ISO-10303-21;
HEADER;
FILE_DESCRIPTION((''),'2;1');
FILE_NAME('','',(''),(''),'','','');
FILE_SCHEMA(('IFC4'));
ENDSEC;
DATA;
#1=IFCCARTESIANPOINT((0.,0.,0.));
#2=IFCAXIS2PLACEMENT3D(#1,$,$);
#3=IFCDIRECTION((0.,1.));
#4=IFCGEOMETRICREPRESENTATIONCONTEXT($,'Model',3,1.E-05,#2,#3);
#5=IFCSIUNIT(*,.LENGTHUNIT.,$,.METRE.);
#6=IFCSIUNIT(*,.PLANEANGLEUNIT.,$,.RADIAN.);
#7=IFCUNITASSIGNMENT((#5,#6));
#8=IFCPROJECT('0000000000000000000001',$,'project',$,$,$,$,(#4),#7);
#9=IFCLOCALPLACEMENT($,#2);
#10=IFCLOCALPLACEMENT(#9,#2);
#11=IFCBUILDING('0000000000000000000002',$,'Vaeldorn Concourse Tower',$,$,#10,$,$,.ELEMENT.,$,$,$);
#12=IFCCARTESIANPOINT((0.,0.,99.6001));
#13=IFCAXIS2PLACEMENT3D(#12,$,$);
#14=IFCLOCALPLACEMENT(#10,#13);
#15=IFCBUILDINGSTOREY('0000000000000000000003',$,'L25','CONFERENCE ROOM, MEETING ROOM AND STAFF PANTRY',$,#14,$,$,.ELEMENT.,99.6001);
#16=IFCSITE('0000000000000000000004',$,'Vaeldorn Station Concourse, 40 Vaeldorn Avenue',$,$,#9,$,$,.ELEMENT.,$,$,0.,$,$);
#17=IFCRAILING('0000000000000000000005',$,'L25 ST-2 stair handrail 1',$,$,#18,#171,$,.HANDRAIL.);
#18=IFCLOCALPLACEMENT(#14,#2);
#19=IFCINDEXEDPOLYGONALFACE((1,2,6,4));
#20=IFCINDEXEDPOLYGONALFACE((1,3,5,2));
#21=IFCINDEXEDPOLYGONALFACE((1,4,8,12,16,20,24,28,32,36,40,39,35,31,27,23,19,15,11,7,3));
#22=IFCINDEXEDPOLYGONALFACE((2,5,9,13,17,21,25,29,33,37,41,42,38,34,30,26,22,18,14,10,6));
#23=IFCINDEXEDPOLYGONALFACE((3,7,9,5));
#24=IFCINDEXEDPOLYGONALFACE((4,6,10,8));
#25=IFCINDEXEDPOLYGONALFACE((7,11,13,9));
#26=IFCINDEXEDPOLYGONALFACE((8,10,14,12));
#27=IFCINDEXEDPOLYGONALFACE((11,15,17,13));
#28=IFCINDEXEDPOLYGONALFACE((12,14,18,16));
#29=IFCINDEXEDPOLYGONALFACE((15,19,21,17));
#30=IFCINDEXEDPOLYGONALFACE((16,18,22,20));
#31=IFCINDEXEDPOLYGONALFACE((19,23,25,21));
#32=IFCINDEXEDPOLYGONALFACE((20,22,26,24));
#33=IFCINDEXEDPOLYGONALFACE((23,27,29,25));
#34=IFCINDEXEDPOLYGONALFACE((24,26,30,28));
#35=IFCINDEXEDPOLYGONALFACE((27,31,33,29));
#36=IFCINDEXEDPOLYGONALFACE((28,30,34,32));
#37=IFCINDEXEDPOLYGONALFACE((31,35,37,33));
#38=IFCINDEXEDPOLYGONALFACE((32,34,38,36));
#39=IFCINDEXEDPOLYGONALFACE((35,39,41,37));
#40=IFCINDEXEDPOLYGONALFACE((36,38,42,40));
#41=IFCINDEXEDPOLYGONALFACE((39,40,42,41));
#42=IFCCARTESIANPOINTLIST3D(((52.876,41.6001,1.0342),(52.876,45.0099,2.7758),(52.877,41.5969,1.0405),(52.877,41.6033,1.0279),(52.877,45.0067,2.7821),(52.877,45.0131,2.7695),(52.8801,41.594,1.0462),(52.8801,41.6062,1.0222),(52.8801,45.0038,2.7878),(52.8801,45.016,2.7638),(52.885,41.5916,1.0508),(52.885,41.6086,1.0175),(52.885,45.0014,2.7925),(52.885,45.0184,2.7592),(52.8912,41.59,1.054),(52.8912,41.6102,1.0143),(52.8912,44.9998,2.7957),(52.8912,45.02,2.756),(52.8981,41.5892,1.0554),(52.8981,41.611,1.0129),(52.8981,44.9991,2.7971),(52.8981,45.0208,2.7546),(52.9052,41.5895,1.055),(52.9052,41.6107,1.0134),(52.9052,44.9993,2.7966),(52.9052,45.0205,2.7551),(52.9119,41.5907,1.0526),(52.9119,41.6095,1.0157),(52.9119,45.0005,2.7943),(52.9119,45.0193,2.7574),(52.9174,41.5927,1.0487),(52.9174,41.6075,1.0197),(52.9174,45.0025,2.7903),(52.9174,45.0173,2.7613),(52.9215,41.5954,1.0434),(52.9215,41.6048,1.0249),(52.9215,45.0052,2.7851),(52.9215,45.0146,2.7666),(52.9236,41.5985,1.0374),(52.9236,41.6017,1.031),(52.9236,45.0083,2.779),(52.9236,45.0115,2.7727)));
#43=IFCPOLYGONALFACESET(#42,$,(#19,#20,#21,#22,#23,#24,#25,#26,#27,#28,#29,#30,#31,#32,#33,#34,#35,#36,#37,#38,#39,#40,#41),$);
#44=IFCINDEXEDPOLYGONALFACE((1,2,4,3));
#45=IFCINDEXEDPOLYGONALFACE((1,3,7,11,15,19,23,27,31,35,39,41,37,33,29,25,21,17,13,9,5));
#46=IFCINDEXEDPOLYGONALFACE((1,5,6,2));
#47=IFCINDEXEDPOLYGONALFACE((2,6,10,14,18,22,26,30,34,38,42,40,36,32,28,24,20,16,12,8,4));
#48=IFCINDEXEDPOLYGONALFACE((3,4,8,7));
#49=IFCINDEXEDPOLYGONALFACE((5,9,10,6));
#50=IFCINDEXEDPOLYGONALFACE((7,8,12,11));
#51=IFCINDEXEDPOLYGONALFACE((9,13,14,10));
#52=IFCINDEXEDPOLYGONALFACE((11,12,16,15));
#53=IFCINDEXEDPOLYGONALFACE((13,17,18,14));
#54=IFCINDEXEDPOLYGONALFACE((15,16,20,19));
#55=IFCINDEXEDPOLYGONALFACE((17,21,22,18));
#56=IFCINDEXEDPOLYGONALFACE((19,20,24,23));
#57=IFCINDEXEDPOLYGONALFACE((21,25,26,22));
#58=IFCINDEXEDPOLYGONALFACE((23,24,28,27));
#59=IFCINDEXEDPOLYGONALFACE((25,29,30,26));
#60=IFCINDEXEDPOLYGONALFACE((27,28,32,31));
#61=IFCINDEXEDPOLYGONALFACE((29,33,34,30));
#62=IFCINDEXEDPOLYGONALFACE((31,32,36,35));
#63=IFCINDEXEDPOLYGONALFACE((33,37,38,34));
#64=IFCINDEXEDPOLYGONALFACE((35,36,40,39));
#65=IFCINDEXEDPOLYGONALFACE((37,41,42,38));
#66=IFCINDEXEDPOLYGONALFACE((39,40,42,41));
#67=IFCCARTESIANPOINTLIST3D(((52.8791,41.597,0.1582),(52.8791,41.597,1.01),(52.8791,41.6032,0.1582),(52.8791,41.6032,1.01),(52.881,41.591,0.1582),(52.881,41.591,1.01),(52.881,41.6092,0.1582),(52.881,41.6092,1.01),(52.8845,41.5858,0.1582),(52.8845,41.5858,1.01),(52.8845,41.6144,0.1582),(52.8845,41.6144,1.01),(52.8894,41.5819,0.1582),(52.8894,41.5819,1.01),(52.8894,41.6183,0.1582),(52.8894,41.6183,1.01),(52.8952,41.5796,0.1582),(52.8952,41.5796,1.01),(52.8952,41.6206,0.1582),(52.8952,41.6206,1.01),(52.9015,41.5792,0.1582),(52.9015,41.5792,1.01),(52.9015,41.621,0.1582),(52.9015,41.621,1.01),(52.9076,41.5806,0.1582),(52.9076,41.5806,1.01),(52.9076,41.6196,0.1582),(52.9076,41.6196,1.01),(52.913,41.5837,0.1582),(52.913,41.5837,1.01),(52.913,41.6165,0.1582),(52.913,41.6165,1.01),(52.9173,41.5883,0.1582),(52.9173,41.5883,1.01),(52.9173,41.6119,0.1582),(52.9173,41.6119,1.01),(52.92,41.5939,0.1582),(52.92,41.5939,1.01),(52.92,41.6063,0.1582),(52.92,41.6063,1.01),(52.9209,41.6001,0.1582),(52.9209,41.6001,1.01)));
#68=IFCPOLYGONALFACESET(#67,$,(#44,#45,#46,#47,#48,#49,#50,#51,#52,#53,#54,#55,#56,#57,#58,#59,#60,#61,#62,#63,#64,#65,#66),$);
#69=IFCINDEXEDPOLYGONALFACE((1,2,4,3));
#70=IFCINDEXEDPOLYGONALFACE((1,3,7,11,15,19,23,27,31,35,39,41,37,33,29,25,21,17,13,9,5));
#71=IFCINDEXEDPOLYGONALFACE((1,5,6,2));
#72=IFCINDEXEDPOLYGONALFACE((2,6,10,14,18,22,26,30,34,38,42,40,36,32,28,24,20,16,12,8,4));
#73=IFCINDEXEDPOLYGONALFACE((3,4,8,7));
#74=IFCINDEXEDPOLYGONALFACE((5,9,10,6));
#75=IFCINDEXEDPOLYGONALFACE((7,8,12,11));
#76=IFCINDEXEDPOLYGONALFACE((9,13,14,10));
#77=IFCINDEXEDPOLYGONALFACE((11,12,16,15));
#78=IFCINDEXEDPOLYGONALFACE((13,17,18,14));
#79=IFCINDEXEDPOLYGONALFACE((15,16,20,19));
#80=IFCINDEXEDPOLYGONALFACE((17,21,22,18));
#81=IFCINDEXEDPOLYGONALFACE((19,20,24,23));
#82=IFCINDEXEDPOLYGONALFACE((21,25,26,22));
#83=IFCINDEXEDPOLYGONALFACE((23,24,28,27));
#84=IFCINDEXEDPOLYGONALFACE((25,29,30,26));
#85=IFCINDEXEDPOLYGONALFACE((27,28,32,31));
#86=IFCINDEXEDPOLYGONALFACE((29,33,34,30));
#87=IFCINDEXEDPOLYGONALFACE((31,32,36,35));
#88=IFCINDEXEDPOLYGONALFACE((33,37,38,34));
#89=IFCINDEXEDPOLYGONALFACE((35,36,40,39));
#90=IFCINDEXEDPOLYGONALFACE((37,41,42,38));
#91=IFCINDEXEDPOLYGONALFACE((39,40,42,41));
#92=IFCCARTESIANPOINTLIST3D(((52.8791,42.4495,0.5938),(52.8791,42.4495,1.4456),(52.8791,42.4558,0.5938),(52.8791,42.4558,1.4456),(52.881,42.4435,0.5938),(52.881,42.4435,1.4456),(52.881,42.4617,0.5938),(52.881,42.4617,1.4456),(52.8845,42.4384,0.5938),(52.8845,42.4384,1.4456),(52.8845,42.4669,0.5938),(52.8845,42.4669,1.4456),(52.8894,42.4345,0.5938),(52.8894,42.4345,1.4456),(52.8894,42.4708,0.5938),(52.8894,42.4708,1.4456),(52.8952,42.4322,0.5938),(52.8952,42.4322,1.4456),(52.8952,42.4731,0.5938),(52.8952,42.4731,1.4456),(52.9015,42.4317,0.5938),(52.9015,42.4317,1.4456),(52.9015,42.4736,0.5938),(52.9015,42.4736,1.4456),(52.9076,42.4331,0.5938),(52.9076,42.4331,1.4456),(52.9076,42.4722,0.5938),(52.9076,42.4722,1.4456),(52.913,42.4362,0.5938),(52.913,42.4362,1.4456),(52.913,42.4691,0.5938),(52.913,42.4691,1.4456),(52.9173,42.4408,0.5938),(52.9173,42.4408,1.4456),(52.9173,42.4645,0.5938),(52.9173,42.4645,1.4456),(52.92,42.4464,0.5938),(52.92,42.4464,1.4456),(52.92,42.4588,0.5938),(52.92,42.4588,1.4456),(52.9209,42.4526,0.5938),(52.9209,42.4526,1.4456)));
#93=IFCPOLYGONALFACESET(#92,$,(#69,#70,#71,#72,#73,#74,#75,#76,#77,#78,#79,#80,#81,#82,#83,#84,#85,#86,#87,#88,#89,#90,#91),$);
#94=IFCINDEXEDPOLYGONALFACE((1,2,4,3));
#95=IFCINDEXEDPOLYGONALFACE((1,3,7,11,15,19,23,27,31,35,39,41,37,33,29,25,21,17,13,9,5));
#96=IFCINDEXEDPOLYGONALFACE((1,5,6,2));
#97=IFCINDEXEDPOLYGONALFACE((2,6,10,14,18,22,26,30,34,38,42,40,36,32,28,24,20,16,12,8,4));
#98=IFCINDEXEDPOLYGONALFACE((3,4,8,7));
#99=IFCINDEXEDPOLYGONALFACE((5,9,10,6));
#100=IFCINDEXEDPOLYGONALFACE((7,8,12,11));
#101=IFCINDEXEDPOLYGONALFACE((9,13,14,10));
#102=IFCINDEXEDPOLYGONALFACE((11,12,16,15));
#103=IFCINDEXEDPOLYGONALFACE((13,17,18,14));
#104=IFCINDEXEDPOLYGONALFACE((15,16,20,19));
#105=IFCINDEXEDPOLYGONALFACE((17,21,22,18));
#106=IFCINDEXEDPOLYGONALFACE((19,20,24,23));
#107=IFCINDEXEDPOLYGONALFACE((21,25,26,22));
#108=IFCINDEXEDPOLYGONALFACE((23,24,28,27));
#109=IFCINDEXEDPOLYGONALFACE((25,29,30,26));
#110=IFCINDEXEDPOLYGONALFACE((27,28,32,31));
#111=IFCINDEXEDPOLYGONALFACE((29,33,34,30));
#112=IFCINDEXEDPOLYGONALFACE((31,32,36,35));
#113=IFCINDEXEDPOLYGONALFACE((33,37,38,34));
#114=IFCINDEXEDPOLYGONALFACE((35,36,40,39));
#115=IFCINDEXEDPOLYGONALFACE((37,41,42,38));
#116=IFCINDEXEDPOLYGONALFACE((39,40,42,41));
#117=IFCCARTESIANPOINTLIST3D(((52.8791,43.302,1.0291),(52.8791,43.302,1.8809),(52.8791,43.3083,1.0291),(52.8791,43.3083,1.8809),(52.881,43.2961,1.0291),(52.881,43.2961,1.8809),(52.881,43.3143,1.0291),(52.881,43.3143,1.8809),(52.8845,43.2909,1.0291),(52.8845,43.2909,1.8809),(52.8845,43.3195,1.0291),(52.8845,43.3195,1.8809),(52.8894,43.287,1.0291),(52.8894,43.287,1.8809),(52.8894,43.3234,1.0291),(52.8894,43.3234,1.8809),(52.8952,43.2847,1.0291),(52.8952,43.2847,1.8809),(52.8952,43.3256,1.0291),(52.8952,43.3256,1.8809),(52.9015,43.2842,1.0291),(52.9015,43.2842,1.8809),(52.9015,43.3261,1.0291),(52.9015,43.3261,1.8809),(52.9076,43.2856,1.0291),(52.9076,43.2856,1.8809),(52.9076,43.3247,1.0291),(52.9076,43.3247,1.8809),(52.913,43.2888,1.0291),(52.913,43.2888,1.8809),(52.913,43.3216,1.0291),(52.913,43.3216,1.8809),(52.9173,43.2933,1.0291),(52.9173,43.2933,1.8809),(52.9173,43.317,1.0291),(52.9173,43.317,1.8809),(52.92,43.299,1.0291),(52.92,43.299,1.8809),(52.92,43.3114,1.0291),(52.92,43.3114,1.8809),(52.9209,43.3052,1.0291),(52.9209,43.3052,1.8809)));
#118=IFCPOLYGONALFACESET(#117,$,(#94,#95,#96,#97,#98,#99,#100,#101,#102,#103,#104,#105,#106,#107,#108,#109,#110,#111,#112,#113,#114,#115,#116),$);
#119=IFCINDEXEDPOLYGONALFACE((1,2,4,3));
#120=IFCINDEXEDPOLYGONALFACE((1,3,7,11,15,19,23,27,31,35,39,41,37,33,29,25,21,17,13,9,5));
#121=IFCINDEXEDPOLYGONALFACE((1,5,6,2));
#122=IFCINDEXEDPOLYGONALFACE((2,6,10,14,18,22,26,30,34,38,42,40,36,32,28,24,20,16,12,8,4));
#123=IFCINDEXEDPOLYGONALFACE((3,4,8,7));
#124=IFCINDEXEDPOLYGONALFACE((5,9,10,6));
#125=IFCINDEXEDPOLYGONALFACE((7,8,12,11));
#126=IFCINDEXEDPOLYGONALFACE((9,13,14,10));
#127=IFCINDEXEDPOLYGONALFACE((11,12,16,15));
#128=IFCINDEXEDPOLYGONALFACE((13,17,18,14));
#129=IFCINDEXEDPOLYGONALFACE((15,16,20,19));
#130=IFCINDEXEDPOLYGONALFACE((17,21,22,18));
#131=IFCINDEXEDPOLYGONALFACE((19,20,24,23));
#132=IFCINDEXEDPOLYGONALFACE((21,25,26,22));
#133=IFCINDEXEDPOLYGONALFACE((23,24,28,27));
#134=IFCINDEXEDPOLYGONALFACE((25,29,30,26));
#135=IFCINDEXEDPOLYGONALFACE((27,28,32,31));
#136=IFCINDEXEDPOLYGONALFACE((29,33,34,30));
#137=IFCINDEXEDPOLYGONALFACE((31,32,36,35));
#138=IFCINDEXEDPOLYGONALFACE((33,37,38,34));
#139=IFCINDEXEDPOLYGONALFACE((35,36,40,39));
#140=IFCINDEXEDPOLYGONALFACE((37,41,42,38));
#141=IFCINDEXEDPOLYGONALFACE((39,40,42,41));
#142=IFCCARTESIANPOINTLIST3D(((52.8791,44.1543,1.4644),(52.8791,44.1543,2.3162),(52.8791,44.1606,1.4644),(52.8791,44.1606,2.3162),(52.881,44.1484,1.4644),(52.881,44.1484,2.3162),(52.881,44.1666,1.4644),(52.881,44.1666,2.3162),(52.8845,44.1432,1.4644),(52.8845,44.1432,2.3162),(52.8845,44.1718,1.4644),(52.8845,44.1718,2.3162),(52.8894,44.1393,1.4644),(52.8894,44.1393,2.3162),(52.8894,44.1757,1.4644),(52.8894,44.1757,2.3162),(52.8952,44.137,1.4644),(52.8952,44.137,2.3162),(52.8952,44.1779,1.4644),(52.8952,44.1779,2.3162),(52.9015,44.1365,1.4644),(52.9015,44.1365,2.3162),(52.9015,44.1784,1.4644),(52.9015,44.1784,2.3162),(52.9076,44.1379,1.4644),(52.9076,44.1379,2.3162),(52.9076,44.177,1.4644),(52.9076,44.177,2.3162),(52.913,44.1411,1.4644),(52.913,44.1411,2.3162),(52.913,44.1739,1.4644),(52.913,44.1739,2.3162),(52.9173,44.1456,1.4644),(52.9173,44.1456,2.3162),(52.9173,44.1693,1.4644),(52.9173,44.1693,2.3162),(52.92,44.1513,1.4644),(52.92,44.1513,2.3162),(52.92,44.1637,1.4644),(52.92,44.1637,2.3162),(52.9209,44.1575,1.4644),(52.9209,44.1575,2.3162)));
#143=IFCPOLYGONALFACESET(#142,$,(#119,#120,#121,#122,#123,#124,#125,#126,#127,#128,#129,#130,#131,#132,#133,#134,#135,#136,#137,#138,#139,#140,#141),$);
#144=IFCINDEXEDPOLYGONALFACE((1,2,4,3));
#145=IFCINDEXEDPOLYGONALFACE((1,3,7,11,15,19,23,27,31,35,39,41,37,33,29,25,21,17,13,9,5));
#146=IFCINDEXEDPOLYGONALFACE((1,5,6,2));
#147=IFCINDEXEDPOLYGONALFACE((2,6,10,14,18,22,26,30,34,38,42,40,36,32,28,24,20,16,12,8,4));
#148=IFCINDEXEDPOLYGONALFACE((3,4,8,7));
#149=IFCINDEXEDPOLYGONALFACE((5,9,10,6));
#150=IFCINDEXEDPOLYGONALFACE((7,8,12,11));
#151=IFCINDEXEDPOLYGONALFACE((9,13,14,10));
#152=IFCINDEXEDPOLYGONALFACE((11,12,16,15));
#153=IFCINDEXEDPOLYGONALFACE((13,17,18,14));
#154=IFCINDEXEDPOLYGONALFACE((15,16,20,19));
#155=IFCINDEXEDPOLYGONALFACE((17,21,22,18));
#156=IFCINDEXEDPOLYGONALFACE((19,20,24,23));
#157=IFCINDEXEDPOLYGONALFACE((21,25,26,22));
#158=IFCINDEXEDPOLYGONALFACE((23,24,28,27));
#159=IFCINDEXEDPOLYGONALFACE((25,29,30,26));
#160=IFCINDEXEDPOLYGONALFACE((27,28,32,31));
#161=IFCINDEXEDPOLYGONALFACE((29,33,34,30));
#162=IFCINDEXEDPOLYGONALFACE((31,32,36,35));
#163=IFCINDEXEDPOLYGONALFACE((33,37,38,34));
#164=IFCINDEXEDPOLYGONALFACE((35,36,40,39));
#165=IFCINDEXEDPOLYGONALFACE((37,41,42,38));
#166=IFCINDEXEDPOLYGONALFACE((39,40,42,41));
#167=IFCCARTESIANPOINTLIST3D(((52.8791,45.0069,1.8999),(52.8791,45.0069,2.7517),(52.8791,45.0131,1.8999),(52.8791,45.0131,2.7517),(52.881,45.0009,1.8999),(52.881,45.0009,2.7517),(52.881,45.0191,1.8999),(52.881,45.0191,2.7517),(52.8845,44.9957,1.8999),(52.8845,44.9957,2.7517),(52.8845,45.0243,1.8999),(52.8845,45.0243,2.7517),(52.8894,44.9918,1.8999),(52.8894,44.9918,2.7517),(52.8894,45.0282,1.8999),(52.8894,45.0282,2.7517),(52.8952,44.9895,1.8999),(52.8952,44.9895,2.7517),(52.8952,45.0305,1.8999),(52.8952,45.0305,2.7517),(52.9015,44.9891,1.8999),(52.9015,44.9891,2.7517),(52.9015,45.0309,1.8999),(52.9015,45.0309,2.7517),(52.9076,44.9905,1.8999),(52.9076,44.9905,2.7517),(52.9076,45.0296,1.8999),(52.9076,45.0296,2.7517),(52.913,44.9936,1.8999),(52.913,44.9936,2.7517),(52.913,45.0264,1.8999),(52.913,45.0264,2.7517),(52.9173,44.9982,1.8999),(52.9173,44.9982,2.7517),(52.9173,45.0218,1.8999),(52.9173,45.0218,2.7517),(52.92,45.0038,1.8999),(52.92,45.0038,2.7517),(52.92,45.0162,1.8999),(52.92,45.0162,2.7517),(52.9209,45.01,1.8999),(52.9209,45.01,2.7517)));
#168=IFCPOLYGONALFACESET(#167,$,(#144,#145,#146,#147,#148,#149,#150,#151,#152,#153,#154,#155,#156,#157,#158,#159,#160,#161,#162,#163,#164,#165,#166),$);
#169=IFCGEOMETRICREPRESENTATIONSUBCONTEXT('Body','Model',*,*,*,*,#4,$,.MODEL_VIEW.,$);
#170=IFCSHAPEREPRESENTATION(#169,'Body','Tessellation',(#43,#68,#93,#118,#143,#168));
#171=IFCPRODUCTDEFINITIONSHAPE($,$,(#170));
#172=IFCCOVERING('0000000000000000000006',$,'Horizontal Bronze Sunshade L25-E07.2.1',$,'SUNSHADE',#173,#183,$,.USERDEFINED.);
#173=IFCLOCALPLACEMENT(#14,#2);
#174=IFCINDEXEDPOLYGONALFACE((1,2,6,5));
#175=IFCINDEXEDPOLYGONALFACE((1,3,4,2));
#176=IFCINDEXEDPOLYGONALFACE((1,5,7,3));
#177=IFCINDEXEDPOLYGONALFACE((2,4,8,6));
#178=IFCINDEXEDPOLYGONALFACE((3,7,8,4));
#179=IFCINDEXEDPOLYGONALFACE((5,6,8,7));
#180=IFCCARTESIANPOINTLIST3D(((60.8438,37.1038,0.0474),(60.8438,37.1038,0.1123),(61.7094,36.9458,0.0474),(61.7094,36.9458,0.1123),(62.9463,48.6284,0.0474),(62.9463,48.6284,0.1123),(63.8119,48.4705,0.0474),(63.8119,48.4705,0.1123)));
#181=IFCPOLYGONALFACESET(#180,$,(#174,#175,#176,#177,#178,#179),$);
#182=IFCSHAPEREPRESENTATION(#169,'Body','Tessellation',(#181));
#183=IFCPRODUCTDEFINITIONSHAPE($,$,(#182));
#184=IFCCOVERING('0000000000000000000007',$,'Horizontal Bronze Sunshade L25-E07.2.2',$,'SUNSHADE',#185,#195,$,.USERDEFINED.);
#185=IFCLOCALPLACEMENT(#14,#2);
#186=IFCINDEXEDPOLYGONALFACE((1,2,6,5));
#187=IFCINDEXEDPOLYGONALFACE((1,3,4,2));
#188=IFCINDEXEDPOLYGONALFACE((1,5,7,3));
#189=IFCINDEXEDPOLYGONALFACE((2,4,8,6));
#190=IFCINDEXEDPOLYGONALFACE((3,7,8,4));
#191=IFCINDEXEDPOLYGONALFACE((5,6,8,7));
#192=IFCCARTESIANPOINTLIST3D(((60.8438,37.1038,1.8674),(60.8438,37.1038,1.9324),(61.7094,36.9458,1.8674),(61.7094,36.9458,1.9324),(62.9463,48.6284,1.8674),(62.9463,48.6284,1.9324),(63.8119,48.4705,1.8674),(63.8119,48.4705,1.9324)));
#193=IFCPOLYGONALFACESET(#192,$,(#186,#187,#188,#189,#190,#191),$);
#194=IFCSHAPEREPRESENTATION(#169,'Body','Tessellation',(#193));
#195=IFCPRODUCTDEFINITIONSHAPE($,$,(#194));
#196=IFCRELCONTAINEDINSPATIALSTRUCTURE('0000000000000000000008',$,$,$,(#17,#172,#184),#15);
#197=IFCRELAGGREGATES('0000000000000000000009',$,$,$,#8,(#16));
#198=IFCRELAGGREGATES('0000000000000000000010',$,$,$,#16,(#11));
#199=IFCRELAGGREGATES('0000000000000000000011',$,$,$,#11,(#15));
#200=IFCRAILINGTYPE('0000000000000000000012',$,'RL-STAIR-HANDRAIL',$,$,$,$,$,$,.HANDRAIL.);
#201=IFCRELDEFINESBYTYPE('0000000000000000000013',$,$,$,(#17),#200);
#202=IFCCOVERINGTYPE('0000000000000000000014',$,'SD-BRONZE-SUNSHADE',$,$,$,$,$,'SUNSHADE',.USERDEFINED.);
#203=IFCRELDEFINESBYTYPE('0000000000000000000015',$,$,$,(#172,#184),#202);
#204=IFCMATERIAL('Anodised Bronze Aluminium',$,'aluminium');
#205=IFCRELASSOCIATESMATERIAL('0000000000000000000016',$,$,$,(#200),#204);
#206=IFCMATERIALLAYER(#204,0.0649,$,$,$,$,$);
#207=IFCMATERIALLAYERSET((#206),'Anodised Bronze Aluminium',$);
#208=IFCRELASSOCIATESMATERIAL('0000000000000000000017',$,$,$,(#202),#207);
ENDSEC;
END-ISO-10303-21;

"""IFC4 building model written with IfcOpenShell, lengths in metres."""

from ifc_helpers import new_model, si_unit, direction, frame, origin, origin_2d, place, context, subcontext, project, spatial, rectangle, circle, extrude, source, transform, mapped, material, layer, layer_set, type_object, element, save


model = new_model("IFC4")

# Units and contexts
model_context = context("Model", 3, precision=1e-05, world=origin(), true_north=direction((0.0, 1.0)))
body_context = subcontext(model_context, "Body", "Model", "MODEL_VIEW")
ifc_project = project(units=[si_unit("LENGTHUNIT", "METRE"), si_unit("PLANEANGLEUNIT", "RADIAN")], contexts=[model_context])

# Site, building, storey
site_placement = place(None, origin())
site = spatial("IfcSite", under=ifc_project, at=site_placement, Name="Vaeldorn Station Concourse, 40 Vaeldorn Avenue", CompositionType="ELEMENT", RefElevation=0.0)
building_placement = place(site_placement, origin())
building = spatial("IfcBuilding", under=site, at=building_placement, Name="Vaeldorn Concourse Tower", CompositionType="ELEMENT")
storey_placement = place(building_placement, frame((0.0, 0.0, 99.6001)))
storey = spatial("IfcBuildingStorey", under=building, at=storey_placement, Name="L25", Description="CONFERENCE ROOM, MEETING ROOM AND STAFF PANTRY", CompositionType="ELEMENT", Elevation=99.6001)

# Shared definitions
ifc_material_1 = material(Name="Anodised Bronze Aluminium", Category="aluminium")

# Railing
railing_type_1 = type_object("IfcRailingType", Name="RL-STAIR-HANDRAIL", PredefinedType="HANDRAIL", material=ifc_material_1)
railing_1_placement = place(storey_placement, frame((52.8999, 41.6001, 0.1582)))
element("IfcRailing", 1, at=railing_1_placement, inside=storey, type_object=railing_type_1, Name="L25 ST-2 stair handrail 1", PredefinedType="HANDRAIL", context=body_context, shape_type="SweptSolid", body=[
    extrude(circle(Radius=0.0239, at=origin_2d()), frame((0.0, 0.0, 0.876), z_axis=(0.0, 0.890556, 0.454874), x_axis=(-1.0, 0.0, 0.0)), (0.0, 0.0, 1.0), 3.8289),
    extrude(circle(Radius=0.021, at=origin_2d()), origin(), (0.0, 0.0, 1.0), 0.8518),
    extrude(circle(Radius=0.021, at=origin_2d()), frame((0.0, 0.8525, 0.4355)), (0.0, 0.0, 1.0), 0.8518),
    extrude(circle(Radius=0.021, at=origin_2d()), frame((0.0, 1.7051, 0.8708)), (0.0, 0.0, 1.0), 0.8518),
    extrude(circle(Radius=0.021, at=origin_2d()), frame((0.0, 2.5574, 1.3062)), (0.0, 0.0, 1.0), 0.8518),
    extrude(circle(Radius=0.021, at=origin_2d()), frame((0.0, 3.4099, 1.7417)), (0.0, 0.0, 1.0), 0.8518),
])

# Coverings
ifc_layer_1 = layer(ifc_material_1, 0.0649)
ifc_layer_set_1 = layer_set([ifc_layer_1], Name="Anodised Bronze Aluminium")
covering_type = type_object("IfcCoveringType", Name="SD-BRONZE-SUNSHADE", ElementType="SUNSHADE", PredefinedType="USERDEFINED", material=ifc_layer_set_1)
shared_shape_1 = source(origin(), body_context, "Body", "SweptSolid", [
    extrude(rectangle(XDim=11.7148, YDim=0.8799, at=origin_2d()), origin(), (0.0, 0.0, 1.0), 0.0649),
])
for number, where, z_axis, x_axis, name in (
    (2, (62.3279, 42.7871, 0.0474), (0.0, 0.0, 1.0), (0.179472, 0.983763, 0.0), "Horizontal Bronze Sunshade L25-E07.2.1"),
    (3, (62.3279, 42.7871, 1.8674), (0.0, 0.0, 1.0), (0.179472, 0.983763, 0.0), "Horizontal Bronze Sunshade L25-E07.2.2"),
):
    element("IfcCovering", number, at=place(storey_placement, frame(where, z_axis=z_axis, x_axis=x_axis)), inside=storey, type_object=covering_type, Name=name, ObjectType="SUNSHADE", PredefinedType="USERDEFINED", context=body_context, shape_type="MappedRepresentation", body=[
        mapped(shared_shape_1, transform((0.0, 0.0, 0.0), scale=1.0)),
    ])

save(model, "model.ifc")
